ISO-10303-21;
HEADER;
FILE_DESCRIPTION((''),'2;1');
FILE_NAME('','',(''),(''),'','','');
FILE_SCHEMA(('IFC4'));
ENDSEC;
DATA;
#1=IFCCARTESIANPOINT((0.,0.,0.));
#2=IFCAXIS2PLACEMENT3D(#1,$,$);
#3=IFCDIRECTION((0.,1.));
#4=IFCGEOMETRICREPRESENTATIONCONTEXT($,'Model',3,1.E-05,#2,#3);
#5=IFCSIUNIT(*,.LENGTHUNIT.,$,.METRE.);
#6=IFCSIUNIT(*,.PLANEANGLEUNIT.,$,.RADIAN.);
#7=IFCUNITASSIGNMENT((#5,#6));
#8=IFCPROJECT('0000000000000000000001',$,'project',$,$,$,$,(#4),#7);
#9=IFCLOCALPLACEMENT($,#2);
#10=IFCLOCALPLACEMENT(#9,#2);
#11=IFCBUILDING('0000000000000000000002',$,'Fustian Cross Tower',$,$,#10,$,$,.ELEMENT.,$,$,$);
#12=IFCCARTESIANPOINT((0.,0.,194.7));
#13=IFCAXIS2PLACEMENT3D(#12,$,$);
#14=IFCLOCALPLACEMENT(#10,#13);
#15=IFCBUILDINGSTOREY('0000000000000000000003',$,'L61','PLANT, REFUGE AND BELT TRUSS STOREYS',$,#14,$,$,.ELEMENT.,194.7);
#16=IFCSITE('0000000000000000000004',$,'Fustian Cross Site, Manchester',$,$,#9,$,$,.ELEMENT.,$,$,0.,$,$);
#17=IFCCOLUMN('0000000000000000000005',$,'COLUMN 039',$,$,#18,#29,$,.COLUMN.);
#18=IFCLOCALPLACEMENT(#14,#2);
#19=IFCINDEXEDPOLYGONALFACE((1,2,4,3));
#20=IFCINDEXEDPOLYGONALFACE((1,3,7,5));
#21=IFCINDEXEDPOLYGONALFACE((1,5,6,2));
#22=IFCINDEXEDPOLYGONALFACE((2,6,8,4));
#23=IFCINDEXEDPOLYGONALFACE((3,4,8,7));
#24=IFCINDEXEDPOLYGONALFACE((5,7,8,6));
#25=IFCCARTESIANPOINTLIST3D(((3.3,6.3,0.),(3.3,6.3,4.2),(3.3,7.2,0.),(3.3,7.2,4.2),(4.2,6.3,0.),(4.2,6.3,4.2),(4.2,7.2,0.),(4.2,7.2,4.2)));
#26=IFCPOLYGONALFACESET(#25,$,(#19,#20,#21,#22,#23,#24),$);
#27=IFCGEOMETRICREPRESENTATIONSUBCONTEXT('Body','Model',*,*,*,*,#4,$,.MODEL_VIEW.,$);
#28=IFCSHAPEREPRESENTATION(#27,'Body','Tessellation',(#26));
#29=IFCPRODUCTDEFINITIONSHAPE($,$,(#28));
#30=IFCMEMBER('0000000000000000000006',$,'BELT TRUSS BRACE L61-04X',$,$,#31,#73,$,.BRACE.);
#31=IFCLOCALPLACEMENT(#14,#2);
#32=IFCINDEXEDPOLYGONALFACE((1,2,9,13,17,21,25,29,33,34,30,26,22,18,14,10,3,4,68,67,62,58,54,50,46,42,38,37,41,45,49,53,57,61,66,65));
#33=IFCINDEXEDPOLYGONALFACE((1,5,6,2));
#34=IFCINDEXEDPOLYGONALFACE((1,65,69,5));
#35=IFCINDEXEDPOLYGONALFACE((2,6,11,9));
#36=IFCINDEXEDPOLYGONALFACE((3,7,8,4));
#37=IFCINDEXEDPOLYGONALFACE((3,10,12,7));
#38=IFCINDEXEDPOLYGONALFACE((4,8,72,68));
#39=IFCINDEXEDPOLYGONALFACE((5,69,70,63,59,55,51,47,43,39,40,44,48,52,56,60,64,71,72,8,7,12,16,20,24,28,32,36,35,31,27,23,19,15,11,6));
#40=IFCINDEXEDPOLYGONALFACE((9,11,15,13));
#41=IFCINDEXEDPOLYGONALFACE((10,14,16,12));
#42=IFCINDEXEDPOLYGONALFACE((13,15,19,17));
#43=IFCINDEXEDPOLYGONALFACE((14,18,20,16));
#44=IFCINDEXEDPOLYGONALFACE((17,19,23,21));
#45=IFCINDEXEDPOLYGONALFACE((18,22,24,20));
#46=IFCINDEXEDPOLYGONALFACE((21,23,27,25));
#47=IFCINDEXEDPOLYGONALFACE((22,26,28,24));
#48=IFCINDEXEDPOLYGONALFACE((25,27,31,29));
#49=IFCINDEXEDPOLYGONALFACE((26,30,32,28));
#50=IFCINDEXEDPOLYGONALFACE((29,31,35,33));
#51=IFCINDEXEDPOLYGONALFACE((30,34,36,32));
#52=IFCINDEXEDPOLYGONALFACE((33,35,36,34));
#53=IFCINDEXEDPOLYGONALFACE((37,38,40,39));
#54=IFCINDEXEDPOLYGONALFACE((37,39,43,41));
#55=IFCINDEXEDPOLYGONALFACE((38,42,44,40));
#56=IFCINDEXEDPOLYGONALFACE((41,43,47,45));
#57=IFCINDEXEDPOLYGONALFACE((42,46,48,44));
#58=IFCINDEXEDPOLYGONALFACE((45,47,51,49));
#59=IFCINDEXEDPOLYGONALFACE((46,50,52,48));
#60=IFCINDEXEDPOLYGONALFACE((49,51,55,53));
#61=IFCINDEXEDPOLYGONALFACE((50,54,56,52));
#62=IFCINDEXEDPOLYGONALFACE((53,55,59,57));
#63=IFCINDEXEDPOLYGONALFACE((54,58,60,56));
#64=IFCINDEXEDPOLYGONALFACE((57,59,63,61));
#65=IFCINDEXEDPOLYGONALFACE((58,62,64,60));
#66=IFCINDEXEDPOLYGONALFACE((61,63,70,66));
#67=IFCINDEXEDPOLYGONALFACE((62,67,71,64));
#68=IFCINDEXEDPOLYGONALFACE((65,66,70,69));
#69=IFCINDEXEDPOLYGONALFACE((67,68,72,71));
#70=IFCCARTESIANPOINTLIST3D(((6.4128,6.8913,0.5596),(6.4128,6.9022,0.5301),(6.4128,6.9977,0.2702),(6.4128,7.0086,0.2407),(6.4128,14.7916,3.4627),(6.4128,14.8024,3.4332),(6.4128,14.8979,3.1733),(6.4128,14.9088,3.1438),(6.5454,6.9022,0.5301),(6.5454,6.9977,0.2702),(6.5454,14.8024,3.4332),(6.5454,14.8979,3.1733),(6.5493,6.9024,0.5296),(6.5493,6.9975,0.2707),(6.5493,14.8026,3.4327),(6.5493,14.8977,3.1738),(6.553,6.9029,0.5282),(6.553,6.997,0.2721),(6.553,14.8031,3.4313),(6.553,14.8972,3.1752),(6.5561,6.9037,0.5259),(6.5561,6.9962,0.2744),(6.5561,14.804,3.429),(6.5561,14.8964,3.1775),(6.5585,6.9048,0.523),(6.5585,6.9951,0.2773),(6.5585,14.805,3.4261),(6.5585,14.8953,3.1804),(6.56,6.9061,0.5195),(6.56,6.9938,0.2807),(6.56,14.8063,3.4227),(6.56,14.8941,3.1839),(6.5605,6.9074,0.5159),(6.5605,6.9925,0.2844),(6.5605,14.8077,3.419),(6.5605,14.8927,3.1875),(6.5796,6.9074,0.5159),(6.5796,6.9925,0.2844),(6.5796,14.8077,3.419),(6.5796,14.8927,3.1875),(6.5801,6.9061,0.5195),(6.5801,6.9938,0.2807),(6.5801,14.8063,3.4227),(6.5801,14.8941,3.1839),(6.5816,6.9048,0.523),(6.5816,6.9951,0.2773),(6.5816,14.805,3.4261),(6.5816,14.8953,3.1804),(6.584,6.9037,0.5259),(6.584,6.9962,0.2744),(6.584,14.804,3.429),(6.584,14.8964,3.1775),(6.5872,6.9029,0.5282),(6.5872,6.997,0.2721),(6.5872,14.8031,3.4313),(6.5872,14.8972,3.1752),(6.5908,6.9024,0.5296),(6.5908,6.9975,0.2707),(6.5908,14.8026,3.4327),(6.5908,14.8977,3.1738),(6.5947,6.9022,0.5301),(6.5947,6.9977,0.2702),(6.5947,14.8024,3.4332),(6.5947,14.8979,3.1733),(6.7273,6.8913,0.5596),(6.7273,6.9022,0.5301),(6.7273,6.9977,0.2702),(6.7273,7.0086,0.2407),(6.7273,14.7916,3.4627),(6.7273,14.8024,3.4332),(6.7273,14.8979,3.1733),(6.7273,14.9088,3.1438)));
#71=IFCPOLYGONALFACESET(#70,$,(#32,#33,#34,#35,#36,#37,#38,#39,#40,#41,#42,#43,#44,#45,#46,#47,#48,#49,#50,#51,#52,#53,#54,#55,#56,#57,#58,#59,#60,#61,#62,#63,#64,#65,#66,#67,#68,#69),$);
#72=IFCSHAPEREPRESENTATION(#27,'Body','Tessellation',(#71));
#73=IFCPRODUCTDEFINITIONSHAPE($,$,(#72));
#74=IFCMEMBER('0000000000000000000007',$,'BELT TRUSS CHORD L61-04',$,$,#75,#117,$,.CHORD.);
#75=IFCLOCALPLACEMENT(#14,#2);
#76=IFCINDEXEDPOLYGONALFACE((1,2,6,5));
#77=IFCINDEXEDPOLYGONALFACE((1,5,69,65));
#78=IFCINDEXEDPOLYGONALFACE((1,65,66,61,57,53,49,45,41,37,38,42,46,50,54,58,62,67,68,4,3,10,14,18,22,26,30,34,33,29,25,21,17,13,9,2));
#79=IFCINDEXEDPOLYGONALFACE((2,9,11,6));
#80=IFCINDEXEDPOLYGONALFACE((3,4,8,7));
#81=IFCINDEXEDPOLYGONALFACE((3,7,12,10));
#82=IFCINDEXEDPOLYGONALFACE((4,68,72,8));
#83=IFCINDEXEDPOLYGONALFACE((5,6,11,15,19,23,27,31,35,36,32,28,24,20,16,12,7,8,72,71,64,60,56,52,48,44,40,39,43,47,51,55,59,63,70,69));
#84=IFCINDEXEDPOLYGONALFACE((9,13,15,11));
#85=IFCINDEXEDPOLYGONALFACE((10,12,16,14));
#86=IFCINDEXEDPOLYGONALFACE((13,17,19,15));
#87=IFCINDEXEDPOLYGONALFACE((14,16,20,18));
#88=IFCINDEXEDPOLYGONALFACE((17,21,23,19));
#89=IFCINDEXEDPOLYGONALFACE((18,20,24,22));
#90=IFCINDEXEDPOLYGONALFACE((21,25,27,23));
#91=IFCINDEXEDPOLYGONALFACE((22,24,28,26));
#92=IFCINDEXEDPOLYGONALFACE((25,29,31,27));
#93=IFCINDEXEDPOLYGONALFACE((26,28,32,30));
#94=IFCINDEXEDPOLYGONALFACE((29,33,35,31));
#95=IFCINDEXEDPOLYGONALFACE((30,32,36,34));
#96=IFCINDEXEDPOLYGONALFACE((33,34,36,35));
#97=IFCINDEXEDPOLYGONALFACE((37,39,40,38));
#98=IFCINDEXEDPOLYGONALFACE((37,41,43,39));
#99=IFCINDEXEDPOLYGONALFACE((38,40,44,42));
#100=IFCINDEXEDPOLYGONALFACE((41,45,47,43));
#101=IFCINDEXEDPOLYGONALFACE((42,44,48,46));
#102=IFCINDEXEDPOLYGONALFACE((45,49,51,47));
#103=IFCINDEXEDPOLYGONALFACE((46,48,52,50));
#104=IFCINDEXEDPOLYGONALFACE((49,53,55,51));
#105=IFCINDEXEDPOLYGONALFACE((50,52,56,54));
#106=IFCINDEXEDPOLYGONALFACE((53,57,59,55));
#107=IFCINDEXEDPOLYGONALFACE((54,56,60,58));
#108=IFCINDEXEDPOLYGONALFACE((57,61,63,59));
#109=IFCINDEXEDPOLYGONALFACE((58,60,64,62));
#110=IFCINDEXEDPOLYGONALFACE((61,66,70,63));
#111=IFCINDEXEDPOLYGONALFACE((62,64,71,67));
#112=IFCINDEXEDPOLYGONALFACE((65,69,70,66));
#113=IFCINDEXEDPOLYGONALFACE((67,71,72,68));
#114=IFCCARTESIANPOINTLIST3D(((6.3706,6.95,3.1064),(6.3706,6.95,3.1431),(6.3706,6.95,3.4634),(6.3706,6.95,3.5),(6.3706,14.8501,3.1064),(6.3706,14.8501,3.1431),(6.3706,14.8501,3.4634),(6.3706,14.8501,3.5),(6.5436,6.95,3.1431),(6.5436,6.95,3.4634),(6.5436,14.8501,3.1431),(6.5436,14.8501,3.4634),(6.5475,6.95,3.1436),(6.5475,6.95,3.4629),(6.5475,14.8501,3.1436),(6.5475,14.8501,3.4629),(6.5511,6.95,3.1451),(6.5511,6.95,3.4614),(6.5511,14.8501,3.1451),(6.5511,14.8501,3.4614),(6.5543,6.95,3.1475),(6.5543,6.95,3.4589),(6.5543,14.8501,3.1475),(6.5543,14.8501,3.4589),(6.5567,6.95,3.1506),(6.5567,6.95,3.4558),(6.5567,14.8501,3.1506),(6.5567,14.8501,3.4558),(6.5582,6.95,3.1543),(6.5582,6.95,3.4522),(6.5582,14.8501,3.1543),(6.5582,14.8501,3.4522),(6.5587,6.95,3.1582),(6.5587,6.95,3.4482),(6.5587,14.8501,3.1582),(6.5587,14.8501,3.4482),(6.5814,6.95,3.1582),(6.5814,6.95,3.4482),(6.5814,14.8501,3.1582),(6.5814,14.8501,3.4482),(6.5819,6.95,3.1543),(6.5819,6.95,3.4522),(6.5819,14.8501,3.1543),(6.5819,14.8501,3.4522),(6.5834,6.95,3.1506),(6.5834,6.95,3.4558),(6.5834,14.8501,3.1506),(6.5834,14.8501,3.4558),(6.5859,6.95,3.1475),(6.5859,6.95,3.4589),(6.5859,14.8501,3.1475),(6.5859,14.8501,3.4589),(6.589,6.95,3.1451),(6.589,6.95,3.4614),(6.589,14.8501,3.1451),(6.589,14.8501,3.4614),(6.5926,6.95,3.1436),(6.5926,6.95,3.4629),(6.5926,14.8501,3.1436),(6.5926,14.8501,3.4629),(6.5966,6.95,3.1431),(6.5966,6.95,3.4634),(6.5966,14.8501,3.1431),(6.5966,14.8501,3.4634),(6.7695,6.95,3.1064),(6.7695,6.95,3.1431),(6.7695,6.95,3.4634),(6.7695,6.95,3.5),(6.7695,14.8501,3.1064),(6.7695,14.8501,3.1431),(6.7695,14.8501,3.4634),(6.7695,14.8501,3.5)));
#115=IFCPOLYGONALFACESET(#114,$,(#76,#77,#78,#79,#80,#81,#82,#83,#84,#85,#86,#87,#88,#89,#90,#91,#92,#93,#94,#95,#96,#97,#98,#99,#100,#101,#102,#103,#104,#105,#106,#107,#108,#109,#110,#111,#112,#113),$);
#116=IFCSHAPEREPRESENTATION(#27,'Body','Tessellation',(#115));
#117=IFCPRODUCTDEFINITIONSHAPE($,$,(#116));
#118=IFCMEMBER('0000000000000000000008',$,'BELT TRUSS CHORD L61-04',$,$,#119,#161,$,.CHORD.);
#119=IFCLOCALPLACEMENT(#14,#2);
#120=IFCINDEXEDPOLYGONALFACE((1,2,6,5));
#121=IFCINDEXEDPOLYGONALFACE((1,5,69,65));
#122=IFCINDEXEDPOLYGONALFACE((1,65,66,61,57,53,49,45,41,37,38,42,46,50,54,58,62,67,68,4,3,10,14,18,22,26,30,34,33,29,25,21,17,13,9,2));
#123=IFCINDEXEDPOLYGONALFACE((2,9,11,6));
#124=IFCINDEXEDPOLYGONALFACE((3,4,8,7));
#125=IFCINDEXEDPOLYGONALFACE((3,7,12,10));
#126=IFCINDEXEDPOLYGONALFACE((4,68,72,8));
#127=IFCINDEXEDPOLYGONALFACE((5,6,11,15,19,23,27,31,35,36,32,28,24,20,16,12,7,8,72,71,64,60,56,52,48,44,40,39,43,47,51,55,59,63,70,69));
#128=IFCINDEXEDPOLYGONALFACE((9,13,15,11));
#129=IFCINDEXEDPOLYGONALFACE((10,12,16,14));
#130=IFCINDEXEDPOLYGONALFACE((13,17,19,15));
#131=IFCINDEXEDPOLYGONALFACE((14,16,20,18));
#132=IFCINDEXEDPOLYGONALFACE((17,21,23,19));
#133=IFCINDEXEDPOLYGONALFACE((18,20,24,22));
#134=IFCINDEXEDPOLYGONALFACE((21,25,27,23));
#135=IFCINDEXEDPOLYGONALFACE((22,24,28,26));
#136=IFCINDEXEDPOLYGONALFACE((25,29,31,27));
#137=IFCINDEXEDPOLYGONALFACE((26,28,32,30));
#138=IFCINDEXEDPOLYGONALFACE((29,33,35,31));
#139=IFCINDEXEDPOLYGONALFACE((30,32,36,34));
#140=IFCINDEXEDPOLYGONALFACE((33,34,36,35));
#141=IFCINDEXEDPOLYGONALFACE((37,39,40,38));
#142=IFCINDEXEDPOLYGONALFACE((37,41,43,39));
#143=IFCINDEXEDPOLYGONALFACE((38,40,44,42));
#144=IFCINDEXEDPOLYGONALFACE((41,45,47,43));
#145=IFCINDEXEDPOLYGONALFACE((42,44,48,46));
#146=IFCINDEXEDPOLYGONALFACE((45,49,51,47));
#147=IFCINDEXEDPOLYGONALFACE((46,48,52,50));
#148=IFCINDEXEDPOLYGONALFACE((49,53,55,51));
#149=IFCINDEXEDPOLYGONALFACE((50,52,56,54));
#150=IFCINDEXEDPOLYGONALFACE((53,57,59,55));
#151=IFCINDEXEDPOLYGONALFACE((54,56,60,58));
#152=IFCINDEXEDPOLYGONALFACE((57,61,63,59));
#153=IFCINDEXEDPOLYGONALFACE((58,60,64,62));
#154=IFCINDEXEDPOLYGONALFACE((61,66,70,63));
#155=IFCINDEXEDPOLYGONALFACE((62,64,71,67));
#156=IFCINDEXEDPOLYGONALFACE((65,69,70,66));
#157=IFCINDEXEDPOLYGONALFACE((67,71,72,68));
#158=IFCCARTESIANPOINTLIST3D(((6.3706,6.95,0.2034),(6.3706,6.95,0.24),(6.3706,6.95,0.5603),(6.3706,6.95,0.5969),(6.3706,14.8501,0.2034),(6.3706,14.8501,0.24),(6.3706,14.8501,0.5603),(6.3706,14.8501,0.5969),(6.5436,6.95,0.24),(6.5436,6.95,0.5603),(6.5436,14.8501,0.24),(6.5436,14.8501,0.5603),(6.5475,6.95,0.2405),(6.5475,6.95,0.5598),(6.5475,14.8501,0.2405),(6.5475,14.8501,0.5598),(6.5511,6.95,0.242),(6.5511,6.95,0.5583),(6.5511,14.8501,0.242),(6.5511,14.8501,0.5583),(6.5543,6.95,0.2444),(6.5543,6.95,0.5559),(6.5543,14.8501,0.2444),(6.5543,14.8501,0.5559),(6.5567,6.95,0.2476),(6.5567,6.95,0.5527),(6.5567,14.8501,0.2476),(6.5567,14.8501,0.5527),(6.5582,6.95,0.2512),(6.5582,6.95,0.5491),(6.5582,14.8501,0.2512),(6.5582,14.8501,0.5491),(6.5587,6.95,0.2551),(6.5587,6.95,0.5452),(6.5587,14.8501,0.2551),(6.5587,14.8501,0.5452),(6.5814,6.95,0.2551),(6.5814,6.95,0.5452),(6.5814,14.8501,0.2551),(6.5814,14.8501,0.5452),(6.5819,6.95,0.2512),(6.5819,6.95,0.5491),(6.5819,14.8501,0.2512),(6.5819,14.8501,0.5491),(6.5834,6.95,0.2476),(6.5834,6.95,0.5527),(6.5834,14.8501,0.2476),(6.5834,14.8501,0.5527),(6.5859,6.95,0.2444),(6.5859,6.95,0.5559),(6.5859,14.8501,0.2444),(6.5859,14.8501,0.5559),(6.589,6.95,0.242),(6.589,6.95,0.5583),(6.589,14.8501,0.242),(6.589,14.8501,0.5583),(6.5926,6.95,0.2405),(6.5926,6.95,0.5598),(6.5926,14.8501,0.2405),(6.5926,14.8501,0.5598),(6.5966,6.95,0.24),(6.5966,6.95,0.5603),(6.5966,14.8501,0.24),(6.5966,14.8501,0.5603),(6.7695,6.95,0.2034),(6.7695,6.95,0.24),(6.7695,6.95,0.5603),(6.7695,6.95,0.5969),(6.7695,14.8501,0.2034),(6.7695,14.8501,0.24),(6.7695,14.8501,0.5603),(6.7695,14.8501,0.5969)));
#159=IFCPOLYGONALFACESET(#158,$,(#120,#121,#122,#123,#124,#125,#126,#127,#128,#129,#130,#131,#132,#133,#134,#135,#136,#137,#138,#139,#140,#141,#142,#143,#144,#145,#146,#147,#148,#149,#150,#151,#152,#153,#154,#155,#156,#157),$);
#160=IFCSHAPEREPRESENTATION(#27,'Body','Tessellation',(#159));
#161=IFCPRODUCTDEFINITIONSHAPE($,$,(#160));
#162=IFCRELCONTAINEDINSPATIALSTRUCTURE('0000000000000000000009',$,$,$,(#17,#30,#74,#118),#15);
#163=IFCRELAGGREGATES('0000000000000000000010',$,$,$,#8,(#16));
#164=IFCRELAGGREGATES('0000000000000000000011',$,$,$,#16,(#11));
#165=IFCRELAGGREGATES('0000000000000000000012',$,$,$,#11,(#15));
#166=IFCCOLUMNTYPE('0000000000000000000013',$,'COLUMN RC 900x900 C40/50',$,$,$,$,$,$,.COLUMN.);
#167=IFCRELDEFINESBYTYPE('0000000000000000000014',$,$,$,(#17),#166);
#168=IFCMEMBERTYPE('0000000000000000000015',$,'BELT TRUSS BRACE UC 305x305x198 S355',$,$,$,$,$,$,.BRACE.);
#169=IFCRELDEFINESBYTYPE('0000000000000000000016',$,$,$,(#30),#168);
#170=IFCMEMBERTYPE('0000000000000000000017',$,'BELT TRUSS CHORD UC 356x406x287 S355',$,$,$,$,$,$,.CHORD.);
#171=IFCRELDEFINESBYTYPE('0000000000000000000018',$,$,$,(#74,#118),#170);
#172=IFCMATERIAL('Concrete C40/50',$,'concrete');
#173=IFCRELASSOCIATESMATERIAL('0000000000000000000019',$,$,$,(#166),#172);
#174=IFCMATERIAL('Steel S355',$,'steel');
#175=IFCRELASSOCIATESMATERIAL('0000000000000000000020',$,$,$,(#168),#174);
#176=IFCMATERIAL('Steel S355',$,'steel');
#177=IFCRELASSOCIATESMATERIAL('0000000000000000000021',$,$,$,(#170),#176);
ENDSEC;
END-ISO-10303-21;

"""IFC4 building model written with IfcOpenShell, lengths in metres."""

from ifc_helpers import new_model, si_unit, direction, frame, origin, origin_2d, place, context, subcontext, project, spatial, rectangle, i_section, extrude, material, material_profile, profile_set, type_object, element, save


model = new_model("IFC4")

# Units and contexts
model_context = context("Model", 3, precision=1e-05, world=origin(), true_north=direction((0.0, 1.0)))
body_context = subcontext(model_context, "Body", "Model", "MODEL_VIEW")
ifc_project = project(units=[si_unit("LENGTHUNIT", "METRE"), si_unit("PLANEANGLEUNIT", "RADIAN")], contexts=[model_context])

# Site, building, storey
site_placement = place(None, origin())
site = spatial("IfcSite", under=ifc_project, at=site_placement, Name="Fustian Cross Site, Manchester", CompositionType="ELEMENT", RefElevation=0.0)
building_placement = place(site_placement, origin())
building = spatial("IfcBuilding", under=site, at=building_placement, Name="Fustian Cross Tower", CompositionType="ELEMENT")
storey_placement = place(building_placement, frame((0.0, 0.0, 194.7)))
storey = spatial("IfcBuildingStorey", under=building, at=storey_placement, Name="L61", Description="PLANT, REFUGE AND BELT TRUSS STOREYS", CompositionType="ELEMENT", Elevation=194.7)

# Column
ifc_material_1 = material(Name="Concrete C40/50", Category="concrete")
ifc_material_profile_1 = material_profile(ifc_material_1, rectangle(XDim=0.8999, YDim=0.8999, at=origin_2d()), Name="RC 900x900")
ifc_profile_set_1 = profile_set([ifc_material_profile_1], Name="Concrete C40/50")
column_type = type_object("IfcColumnType", Name="COLUMN RC 900x900 C40/50", PredefinedType="COLUMN", material=ifc_profile_set_1)
column_placement = place(storey_placement, frame((3.75, 6.75, 0.0), z_axis=(0.0, 0.0, 1.0), x_axis=(1.0, 0.0, 0.0)))
element("IfcColumn", 1, at=column_placement, inside=storey, type_object=column_type, Name="COLUMN 039", PredefinedType="COLUMN", context=body_context, shape_type="SweptSolid", body=[
    extrude(rectangle(XDim=0.8999, YDim=0.8999, at=origin_2d()), origin(), (0.0, 0.0, 1.0), 4.2),
])

# Members
ifc_material_2 = material(Name="Steel S355", Category="steel")
ifc_material_profile_2 = material_profile(ifc_material_2, i_section(OverallWidth=0.3145, OverallDepth=0.3398, WebThickness=0.019, FlangeThickness=0.0315, FilletRadius=0.0151, at=origin_2d()), Name="UC 305x305x198")
ifc_profile_set_2 = profile_set([ifc_material_profile_2], Name="Steel S355")
member_type_1 = type_object("IfcMemberType", Name="BELT TRUSS BRACE UC 305x305x198 S355", PredefinedType="BRACE", material=ifc_profile_set_2)
member_placement = place(storey_placement, frame((6.5701, 6.95, 0.4001), z_axis=(0.0, 0.938632, 0.34492), x_axis=(-1.0, 0.0, 0.0)))
element("IfcMember", 2, at=member_placement, inside=storey, type_object=member_type_1, Name="BELT TRUSS BRACE L61-04X", PredefinedType="BRACE", context=body_context, shape_type="SweptSolid", body=[
    extrude(i_section(OverallWidth=0.3145, OverallDepth=0.3398, WebThickness=0.019, FlangeThickness=0.0315, FilletRadius=0.0151, at=origin_2d()), origin(), (0.0, 0.0, 1.0), 8.4167),
])
ifc_material_3 = material(Name="Steel S355", Category="steel")
ifc_material_profile_3 = material_profile(ifc_material_3, i_section(OverallWidth=0.3989, OverallDepth=0.3936, WebThickness=0.0227, FlangeThickness=0.0366, FilletRadius=0.0151, at=origin_2d()), Name="UC 356x406x287")
ifc_profile_set_3 = profile_set([ifc_material_profile_3], Name="Steel S355")
member_type_2 = type_object("IfcMemberType", Name="BELT TRUSS CHORD UC 356x406x287 S355", PredefinedType="CHORD", material=ifc_profile_set_3)
for number, where, z_axis, x_axis, name in (
    (3, (6.5701, 6.95, 3.3032), (0.0, 1.0, 0.0), (-1.0, 0.0, 0.0), "BELT TRUSS CHORD L61-04"),
    (4, (6.5701, 6.95, 0.4001), (0.0, 1.0, 0.0), (-1.0, 0.0, 0.0), "BELT TRUSS CHORD L61-04"),
):
    element("IfcMember", number, at=place(storey_placement, frame(where, z_axis=z_axis, x_axis=x_axis)), inside=storey, type_object=member_type_2, Name=name, PredefinedType="CHORD", context=body_context, shape_type="SweptSolid", body=[
        extrude(i_section(OverallWidth=0.3989, OverallDepth=0.3936, WebThickness=0.0227, FlangeThickness=0.0366, FilletRadius=0.0151, at=origin_2d()), origin(), (0.0, 0.0, 1.0), 7.9001),
    ])

save(model, "model.ifc")
